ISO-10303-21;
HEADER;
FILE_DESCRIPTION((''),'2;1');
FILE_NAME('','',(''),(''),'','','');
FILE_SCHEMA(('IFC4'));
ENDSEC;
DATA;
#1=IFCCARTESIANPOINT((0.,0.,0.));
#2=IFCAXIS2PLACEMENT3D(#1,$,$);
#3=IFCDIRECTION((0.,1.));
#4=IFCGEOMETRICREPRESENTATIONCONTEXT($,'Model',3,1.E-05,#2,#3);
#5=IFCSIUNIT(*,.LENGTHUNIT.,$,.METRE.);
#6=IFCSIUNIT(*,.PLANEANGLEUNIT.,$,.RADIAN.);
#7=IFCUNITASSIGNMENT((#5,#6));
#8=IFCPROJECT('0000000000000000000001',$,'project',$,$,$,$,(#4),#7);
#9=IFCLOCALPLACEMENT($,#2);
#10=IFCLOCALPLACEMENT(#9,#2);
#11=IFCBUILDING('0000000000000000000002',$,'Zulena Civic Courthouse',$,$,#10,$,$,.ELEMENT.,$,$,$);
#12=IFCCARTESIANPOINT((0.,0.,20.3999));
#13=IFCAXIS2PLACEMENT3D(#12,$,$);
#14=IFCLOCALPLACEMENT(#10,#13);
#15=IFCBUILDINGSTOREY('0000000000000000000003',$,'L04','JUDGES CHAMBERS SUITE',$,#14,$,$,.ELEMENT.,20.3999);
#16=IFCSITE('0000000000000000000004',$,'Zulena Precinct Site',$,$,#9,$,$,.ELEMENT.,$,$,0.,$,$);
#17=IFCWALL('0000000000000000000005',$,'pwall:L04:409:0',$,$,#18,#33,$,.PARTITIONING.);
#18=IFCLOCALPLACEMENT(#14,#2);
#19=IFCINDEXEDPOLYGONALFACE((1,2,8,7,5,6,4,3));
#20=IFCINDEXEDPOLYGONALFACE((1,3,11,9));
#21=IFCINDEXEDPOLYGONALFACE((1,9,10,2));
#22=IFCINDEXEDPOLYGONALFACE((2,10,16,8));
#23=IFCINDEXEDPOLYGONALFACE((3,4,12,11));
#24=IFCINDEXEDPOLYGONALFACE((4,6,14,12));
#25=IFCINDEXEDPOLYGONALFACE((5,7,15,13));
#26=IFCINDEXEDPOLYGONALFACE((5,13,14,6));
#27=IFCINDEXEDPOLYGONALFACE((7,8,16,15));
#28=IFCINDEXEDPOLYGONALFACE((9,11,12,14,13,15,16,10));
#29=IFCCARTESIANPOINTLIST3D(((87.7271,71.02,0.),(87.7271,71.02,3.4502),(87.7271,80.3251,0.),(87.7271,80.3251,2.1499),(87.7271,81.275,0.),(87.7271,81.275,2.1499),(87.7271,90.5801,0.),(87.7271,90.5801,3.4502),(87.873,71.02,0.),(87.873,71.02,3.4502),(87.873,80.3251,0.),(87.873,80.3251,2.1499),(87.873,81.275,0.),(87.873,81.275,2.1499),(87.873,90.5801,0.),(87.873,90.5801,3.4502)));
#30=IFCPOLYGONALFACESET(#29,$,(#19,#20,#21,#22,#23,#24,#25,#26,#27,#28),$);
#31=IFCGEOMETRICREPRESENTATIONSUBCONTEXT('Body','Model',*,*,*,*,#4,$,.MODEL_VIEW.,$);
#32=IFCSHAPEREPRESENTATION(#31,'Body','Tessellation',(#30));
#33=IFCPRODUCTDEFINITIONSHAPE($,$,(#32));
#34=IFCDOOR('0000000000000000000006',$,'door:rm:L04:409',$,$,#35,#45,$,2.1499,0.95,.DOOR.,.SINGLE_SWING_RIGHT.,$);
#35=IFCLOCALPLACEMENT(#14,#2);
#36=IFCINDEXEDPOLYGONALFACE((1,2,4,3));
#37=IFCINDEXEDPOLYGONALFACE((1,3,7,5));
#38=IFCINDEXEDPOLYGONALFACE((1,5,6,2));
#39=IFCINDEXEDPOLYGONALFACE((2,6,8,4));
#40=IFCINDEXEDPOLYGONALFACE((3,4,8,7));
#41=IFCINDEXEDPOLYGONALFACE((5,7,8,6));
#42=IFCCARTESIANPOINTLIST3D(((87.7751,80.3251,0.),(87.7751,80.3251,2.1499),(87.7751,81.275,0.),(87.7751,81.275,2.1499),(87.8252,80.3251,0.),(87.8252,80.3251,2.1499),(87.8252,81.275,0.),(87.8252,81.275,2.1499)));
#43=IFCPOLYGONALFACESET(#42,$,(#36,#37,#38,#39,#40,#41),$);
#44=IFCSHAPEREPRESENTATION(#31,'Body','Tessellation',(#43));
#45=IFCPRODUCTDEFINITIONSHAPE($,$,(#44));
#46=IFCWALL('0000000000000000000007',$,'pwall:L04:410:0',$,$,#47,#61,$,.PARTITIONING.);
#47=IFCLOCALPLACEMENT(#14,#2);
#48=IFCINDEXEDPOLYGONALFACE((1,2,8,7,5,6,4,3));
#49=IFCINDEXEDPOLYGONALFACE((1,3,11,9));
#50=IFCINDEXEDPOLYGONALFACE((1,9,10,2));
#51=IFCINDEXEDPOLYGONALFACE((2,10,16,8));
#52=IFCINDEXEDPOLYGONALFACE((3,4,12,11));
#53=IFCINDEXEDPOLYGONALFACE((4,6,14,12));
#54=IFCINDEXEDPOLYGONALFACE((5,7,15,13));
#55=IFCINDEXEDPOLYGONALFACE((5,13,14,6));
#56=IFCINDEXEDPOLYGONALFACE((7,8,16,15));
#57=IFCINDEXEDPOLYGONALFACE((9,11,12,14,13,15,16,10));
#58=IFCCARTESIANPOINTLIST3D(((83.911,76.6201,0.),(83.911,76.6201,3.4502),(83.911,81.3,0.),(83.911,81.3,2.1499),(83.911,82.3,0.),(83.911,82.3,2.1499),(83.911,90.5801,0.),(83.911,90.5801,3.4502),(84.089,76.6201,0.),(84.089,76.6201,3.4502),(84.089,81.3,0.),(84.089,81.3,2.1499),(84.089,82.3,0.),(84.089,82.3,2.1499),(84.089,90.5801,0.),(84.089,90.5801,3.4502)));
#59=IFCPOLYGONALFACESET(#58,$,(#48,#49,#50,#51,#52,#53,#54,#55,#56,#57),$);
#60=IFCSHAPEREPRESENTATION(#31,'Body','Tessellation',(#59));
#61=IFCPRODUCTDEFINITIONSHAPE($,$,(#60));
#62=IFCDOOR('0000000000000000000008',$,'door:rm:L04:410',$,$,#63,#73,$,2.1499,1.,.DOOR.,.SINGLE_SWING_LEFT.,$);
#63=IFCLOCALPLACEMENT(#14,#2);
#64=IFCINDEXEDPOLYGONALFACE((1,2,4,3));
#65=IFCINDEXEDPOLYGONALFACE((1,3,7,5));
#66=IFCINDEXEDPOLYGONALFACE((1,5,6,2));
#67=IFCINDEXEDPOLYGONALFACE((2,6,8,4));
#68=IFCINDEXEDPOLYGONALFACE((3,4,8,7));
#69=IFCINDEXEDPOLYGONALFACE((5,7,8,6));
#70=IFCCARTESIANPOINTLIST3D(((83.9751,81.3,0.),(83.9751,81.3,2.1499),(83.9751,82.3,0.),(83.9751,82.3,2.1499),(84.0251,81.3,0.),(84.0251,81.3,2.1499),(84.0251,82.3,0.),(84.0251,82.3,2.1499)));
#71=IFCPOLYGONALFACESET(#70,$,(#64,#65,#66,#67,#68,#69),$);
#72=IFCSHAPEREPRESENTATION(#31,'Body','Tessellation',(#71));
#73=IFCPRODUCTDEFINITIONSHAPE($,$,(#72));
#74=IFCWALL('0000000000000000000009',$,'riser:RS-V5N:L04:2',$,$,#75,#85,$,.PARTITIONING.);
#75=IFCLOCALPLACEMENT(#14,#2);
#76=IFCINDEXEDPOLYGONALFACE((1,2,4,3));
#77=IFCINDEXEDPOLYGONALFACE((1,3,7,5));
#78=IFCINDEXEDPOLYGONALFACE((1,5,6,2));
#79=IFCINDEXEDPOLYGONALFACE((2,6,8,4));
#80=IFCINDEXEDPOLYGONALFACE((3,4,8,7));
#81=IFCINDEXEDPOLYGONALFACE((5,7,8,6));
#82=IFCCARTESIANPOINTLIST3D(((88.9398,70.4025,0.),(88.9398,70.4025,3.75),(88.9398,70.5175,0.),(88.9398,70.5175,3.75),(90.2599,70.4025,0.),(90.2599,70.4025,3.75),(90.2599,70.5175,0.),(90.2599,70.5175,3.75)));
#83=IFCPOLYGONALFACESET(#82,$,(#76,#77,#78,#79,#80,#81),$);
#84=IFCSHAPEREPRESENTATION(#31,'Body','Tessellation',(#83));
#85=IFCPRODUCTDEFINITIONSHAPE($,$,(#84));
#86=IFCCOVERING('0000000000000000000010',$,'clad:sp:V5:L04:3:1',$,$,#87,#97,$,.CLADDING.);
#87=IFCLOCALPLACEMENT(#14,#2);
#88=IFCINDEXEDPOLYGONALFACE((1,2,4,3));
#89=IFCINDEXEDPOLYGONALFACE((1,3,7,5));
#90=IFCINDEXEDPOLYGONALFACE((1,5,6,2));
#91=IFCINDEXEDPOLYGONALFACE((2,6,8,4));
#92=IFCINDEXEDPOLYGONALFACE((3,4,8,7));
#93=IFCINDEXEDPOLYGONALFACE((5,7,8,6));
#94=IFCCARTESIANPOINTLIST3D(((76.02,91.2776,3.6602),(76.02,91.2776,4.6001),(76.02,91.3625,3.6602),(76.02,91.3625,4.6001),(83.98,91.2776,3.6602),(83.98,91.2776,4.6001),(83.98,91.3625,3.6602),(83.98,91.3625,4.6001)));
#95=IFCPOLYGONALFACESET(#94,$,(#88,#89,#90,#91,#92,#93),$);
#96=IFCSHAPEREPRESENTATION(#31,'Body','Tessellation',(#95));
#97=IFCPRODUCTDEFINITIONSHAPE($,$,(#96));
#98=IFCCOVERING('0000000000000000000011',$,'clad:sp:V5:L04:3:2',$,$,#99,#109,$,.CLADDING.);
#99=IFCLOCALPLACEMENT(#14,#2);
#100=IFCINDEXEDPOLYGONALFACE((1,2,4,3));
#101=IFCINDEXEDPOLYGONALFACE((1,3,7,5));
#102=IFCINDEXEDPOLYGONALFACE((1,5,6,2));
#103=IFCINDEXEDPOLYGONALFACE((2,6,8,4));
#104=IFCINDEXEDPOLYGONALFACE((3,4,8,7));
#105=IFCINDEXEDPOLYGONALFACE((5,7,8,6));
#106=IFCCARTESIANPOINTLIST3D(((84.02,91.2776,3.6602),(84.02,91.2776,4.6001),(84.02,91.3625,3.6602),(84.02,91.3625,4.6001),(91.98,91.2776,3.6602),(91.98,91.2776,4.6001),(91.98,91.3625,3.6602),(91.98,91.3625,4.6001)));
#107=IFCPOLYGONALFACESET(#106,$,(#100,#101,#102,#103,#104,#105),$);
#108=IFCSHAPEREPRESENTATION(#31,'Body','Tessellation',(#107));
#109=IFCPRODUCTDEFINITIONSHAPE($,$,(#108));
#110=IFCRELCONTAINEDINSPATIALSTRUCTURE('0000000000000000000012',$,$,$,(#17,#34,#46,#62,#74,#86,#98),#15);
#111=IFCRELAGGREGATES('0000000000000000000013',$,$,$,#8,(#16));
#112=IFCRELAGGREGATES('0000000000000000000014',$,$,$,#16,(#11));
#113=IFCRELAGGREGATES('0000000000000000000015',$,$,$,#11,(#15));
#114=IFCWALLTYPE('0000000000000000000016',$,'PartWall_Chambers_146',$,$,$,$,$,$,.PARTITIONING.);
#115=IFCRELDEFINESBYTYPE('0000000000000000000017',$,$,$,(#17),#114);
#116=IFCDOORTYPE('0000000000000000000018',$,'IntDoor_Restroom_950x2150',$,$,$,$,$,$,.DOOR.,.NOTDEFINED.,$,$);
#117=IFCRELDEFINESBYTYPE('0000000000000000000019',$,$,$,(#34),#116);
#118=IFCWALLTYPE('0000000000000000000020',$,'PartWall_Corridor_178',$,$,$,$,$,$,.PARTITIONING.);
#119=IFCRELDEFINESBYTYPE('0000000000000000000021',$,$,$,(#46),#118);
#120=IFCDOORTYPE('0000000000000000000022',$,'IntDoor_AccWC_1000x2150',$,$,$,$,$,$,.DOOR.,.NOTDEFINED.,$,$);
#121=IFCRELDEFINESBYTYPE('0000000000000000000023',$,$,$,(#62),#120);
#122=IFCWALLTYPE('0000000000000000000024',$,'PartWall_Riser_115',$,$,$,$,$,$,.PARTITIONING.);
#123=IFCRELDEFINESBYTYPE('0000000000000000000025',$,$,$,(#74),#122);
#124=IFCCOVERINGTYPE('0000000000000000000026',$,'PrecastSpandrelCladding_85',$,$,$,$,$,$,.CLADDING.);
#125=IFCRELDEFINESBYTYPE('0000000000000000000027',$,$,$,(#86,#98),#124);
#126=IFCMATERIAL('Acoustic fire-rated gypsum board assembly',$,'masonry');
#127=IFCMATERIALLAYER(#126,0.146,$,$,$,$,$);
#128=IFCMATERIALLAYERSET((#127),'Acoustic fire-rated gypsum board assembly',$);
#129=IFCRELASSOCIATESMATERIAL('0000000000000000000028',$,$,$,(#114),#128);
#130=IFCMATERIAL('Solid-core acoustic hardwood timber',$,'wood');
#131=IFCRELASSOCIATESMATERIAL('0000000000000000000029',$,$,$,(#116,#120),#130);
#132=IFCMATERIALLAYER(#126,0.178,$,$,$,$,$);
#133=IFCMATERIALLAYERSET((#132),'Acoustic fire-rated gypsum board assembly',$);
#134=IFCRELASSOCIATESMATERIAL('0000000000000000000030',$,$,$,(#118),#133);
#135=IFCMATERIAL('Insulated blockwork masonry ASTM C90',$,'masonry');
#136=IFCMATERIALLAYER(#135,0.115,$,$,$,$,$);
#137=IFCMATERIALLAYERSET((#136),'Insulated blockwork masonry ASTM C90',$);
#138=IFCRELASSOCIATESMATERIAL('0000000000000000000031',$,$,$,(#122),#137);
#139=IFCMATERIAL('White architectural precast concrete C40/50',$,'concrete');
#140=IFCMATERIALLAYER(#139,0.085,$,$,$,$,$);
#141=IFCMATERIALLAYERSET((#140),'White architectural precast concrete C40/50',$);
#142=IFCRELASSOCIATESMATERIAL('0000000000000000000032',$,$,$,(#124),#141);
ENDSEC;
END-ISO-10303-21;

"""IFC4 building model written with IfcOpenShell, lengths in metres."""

from ifc_helpers import new_model, si_unit, direction, frame, frame_2d, origin, origin_2d, place, context, subcontext, project, spatial, rectangle, extrude, material, layer, layer_set, type_object, element, fill, save


model = new_model("IFC4")

# Units and contexts
model_context = context("Model", 3, precision=1e-05, world=origin(), true_north=direction((0.0, 1.0)))
body_context = subcontext(model_context, "Body", "Model", "MODEL_VIEW")
ifc_project = project(units=[si_unit("LENGTHUNIT", "METRE"), si_unit("PLANEANGLEUNIT", "RADIAN")], contexts=[model_context])

# Site, building, storey
site_placement = place(None, origin())
site = spatial("IfcSite", under=ifc_project, at=site_placement, Name="Zulena Precinct Site", CompositionType="ELEMENT", RefElevation=0.0)
building_placement = place(site_placement, origin())
building = spatial("IfcBuilding", under=site, at=building_placement, Name="Zulena Civic Courthouse", CompositionType="ELEMENT")
storey_placement = place(building_placement, frame((0.0, 0.0, 20.3999)))
storey = spatial("IfcBuildingStorey", under=building, at=storey_placement, Name="L04", Description="JUDGES CHAMBERS SUITE", CompositionType="ELEMENT", Elevation=20.3999)

# Walls, openings, doors
ifc_material_1 = material(Name="Acoustic fire-rated gypsum board assembly", Category="masonry")
ifc_layer_1 = layer(ifc_material_1, 0.146)
ifc_layer_set_1 = layer_set([ifc_layer_1], Name="Acoustic fire-rated gypsum board assembly")
wall_type_1 = type_object("IfcWallType", Name="PartWall_Chambers_146", PredefinedType="PARTITIONING", material=ifc_layer_set_1)
wall_1_placement = place(storey_placement, frame((87.8, 71.02, 0.0), z_axis=(0.0, 0.0, 1.0), x_axis=(0.0, 1.0, 0.0)))
wall_1 = element("IfcWall", 1, at=wall_1_placement, inside=storey, type_object=wall_type_1, Name="pwall:L04:409:0", PredefinedType="PARTITIONING", context=body_context, shape_type="SweptSolid", body=[
    extrude(rectangle(XDim=19.5601, YDim=0.146, at=frame_2d((9.78, 0.0))), origin(), (0.0, 0.0, 1.0), 3.4502),
])
opening_1_placement = place(wall_1_placement, frame((9.3049, 0.0, 0.0)))
opening_1 = element("IfcOpeningElement", 2, at=opening_1_placement, cuts=wall_1, PredefinedType="OPENING", context=body_context, shape_type="SweptSolid", body=[
    extrude(rectangle(XDim=0.95, YDim=2.1499, at=frame_2d((0.4751, 1.075))), frame((0.0, 0.083, 0.0), z_axis=(0.0, -1.0, 0.0), x_axis=(1.0, 0.0, 0.0)), (0.0, 0.0, 1.0), 0.166),
])
ifc_material_2 = material(Name="Solid-core acoustic hardwood timber", Category="wood")
door_type_1 = type_object("IfcDoorType", Name="IntDoor_Restroom_950x2150", OperationType="NOTDEFINED", PredefinedType="DOOR", material=ifc_material_2)
door_1_placement = place(opening_1_placement, origin())
door_1 = element("IfcDoor", 3, at=door_1_placement, inside=storey, type_object=door_type_1, Name="door:rm:L04:409", OperationType="SINGLE_SWING_RIGHT", OverallHeight=2.1499, OverallWidth=0.95, PredefinedType="DOOR", context=body_context, shape_type="SweptSolid", body=[
    extrude(rectangle(XDim=0.95, YDim=2.1499, at=frame_2d((0.4751, 1.075))), frame((0.0, 0.0249, 0.0), z_axis=(0.0, -1.0, 0.0), x_axis=(1.0, 0.0, 0.0)), (0.0, 0.0, 1.0), 0.05),
])
fill(opening_1, door_1)
ifc_layer_2 = layer(ifc_material_1, 0.178)
ifc_layer_set_2 = layer_set([ifc_layer_2], Name="Acoustic fire-rated gypsum board assembly")
wall_type_2 = type_object("IfcWallType", Name="PartWall_Corridor_178", PredefinedType="PARTITIONING", material=ifc_layer_set_2)
wall_2_placement = place(storey_placement, frame((84.0, 76.6201, 0.0), z_axis=(0.0, 0.0, 1.0), x_axis=(0.0, 1.0, 0.0)))
wall_2 = element("IfcWall", 4, at=wall_2_placement, inside=storey, type_object=wall_type_2, Name="pwall:L04:410:0", PredefinedType="PARTITIONING", context=body_context, shape_type="SweptSolid", body=[
    extrude(rectangle(XDim=13.96, YDim=0.178, at=frame_2d((6.98, 0.0))), origin(), (0.0, 0.0, 1.0), 3.4502),
])
opening_2_placement = place(wall_2_placement, frame((4.6799, 0.0, 0.0)))
opening_2 = element("IfcOpeningElement", 5, at=opening_2_placement, cuts=wall_2, PredefinedType="OPENING", context=body_context, shape_type="SweptSolid", body=[
    extrude(rectangle(XDim=1.0, YDim=2.1499, at=frame_2d((0.5, 1.075))), frame((0.0, 0.0989, 0.0), z_axis=(0.0, -1.0, 0.0), x_axis=(1.0, 0.0, 0.0)), (0.0, 0.0, 1.0), 0.198),
])
door_type_2 = type_object("IfcDoorType", Name="IntDoor_AccWC_1000x2150", OperationType="NOTDEFINED", PredefinedType="DOOR", material=ifc_material_2)
door_2_placement = place(opening_2_placement, origin())
door_2 = element("IfcDoor", 6, at=door_2_placement, inside=storey, type_object=door_type_2, Name="door:rm:L04:410", OperationType="SINGLE_SWING_LEFT", OverallHeight=2.1499, OverallWidth=1.0, PredefinedType="DOOR", context=body_context, shape_type="SweptSolid", body=[
    extrude(rectangle(XDim=1.0, YDim=2.1499, at=frame_2d((0.5, 1.075))), frame((0.0, 0.0249, 0.0), z_axis=(0.0, -1.0, 0.0), x_axis=(1.0, 0.0, 0.0)), (0.0, 0.0, 1.0), 0.05),
])
fill(opening_2, door_2)

# Wall
ifc_material_3 = material(Name="Insulated blockwork masonry ASTM C90", Category="masonry")
ifc_layer_3 = layer(ifc_material_3, 0.115)
ifc_layer_set_3 = layer_set([ifc_layer_3], Name="Insulated blockwork masonry ASTM C90")
wall_type_3 = type_object("IfcWallType", Name="PartWall_Riser_115", PredefinedType="PARTITIONING", material=ifc_layer_set_3)
wall_3_placement = place(storey_placement, frame((90.26, 70.46, 0.0), z_axis=(0.0, 0.0, 1.0), x_axis=(-1.0, 0.0, 0.0)))
element("IfcWall", 7, at=wall_3_placement, inside=storey, type_object=wall_type_3, Name="riser:RS-V5N:L04:2", PredefinedType="PARTITIONING", context=body_context, shape_type="SweptSolid", body=[
    extrude(rectangle(XDim=1.3201, YDim=0.115, at=frame_2d((0.6602, 0.0))), origin(), (0.0, 0.0, 1.0), 3.75),
])

# Coverings
ifc_material_4 = material(Name="White architectural precast concrete C40/50", Category="concrete")
ifc_layer_4 = layer(ifc_material_4, 0.085)
ifc_layer_set_4 = layer_set([ifc_layer_4], Name="White architectural precast concrete C40/50")
covering_type = type_object("IfcCoveringType", Name="PrecastSpandrelCladding_85", PredefinedType="CLADDING", material=ifc_layer_set_4)
for number, where, z_axis, x_axis, name in (
    (8, (80.0, 91.3201, 3.6602), (0.0, 0.0, 1.0), (1.0, 0.0, 0.0), "clad:sp:V5:L04:3:1"),
    (9, (88.0, 91.3201, 3.6602), (0.0, 0.0, 1.0), (1.0, 0.0, 0.0), "clad:sp:V5:L04:3:2"),
):
    element("IfcCovering", number, at=place(storey_placement, frame(where, z_axis=z_axis, x_axis=x_axis)), inside=storey, type_object=covering_type, Name=name, PredefinedType="CLADDING", context=body_context, shape_type="SweptSolid", body=[
        extrude(rectangle(XDim=7.96, YDim=0.085, at=origin_2d()), origin(), (0.0, 0.0, 1.0), 0.9399),
    ])

save(model, "model.ifc")
